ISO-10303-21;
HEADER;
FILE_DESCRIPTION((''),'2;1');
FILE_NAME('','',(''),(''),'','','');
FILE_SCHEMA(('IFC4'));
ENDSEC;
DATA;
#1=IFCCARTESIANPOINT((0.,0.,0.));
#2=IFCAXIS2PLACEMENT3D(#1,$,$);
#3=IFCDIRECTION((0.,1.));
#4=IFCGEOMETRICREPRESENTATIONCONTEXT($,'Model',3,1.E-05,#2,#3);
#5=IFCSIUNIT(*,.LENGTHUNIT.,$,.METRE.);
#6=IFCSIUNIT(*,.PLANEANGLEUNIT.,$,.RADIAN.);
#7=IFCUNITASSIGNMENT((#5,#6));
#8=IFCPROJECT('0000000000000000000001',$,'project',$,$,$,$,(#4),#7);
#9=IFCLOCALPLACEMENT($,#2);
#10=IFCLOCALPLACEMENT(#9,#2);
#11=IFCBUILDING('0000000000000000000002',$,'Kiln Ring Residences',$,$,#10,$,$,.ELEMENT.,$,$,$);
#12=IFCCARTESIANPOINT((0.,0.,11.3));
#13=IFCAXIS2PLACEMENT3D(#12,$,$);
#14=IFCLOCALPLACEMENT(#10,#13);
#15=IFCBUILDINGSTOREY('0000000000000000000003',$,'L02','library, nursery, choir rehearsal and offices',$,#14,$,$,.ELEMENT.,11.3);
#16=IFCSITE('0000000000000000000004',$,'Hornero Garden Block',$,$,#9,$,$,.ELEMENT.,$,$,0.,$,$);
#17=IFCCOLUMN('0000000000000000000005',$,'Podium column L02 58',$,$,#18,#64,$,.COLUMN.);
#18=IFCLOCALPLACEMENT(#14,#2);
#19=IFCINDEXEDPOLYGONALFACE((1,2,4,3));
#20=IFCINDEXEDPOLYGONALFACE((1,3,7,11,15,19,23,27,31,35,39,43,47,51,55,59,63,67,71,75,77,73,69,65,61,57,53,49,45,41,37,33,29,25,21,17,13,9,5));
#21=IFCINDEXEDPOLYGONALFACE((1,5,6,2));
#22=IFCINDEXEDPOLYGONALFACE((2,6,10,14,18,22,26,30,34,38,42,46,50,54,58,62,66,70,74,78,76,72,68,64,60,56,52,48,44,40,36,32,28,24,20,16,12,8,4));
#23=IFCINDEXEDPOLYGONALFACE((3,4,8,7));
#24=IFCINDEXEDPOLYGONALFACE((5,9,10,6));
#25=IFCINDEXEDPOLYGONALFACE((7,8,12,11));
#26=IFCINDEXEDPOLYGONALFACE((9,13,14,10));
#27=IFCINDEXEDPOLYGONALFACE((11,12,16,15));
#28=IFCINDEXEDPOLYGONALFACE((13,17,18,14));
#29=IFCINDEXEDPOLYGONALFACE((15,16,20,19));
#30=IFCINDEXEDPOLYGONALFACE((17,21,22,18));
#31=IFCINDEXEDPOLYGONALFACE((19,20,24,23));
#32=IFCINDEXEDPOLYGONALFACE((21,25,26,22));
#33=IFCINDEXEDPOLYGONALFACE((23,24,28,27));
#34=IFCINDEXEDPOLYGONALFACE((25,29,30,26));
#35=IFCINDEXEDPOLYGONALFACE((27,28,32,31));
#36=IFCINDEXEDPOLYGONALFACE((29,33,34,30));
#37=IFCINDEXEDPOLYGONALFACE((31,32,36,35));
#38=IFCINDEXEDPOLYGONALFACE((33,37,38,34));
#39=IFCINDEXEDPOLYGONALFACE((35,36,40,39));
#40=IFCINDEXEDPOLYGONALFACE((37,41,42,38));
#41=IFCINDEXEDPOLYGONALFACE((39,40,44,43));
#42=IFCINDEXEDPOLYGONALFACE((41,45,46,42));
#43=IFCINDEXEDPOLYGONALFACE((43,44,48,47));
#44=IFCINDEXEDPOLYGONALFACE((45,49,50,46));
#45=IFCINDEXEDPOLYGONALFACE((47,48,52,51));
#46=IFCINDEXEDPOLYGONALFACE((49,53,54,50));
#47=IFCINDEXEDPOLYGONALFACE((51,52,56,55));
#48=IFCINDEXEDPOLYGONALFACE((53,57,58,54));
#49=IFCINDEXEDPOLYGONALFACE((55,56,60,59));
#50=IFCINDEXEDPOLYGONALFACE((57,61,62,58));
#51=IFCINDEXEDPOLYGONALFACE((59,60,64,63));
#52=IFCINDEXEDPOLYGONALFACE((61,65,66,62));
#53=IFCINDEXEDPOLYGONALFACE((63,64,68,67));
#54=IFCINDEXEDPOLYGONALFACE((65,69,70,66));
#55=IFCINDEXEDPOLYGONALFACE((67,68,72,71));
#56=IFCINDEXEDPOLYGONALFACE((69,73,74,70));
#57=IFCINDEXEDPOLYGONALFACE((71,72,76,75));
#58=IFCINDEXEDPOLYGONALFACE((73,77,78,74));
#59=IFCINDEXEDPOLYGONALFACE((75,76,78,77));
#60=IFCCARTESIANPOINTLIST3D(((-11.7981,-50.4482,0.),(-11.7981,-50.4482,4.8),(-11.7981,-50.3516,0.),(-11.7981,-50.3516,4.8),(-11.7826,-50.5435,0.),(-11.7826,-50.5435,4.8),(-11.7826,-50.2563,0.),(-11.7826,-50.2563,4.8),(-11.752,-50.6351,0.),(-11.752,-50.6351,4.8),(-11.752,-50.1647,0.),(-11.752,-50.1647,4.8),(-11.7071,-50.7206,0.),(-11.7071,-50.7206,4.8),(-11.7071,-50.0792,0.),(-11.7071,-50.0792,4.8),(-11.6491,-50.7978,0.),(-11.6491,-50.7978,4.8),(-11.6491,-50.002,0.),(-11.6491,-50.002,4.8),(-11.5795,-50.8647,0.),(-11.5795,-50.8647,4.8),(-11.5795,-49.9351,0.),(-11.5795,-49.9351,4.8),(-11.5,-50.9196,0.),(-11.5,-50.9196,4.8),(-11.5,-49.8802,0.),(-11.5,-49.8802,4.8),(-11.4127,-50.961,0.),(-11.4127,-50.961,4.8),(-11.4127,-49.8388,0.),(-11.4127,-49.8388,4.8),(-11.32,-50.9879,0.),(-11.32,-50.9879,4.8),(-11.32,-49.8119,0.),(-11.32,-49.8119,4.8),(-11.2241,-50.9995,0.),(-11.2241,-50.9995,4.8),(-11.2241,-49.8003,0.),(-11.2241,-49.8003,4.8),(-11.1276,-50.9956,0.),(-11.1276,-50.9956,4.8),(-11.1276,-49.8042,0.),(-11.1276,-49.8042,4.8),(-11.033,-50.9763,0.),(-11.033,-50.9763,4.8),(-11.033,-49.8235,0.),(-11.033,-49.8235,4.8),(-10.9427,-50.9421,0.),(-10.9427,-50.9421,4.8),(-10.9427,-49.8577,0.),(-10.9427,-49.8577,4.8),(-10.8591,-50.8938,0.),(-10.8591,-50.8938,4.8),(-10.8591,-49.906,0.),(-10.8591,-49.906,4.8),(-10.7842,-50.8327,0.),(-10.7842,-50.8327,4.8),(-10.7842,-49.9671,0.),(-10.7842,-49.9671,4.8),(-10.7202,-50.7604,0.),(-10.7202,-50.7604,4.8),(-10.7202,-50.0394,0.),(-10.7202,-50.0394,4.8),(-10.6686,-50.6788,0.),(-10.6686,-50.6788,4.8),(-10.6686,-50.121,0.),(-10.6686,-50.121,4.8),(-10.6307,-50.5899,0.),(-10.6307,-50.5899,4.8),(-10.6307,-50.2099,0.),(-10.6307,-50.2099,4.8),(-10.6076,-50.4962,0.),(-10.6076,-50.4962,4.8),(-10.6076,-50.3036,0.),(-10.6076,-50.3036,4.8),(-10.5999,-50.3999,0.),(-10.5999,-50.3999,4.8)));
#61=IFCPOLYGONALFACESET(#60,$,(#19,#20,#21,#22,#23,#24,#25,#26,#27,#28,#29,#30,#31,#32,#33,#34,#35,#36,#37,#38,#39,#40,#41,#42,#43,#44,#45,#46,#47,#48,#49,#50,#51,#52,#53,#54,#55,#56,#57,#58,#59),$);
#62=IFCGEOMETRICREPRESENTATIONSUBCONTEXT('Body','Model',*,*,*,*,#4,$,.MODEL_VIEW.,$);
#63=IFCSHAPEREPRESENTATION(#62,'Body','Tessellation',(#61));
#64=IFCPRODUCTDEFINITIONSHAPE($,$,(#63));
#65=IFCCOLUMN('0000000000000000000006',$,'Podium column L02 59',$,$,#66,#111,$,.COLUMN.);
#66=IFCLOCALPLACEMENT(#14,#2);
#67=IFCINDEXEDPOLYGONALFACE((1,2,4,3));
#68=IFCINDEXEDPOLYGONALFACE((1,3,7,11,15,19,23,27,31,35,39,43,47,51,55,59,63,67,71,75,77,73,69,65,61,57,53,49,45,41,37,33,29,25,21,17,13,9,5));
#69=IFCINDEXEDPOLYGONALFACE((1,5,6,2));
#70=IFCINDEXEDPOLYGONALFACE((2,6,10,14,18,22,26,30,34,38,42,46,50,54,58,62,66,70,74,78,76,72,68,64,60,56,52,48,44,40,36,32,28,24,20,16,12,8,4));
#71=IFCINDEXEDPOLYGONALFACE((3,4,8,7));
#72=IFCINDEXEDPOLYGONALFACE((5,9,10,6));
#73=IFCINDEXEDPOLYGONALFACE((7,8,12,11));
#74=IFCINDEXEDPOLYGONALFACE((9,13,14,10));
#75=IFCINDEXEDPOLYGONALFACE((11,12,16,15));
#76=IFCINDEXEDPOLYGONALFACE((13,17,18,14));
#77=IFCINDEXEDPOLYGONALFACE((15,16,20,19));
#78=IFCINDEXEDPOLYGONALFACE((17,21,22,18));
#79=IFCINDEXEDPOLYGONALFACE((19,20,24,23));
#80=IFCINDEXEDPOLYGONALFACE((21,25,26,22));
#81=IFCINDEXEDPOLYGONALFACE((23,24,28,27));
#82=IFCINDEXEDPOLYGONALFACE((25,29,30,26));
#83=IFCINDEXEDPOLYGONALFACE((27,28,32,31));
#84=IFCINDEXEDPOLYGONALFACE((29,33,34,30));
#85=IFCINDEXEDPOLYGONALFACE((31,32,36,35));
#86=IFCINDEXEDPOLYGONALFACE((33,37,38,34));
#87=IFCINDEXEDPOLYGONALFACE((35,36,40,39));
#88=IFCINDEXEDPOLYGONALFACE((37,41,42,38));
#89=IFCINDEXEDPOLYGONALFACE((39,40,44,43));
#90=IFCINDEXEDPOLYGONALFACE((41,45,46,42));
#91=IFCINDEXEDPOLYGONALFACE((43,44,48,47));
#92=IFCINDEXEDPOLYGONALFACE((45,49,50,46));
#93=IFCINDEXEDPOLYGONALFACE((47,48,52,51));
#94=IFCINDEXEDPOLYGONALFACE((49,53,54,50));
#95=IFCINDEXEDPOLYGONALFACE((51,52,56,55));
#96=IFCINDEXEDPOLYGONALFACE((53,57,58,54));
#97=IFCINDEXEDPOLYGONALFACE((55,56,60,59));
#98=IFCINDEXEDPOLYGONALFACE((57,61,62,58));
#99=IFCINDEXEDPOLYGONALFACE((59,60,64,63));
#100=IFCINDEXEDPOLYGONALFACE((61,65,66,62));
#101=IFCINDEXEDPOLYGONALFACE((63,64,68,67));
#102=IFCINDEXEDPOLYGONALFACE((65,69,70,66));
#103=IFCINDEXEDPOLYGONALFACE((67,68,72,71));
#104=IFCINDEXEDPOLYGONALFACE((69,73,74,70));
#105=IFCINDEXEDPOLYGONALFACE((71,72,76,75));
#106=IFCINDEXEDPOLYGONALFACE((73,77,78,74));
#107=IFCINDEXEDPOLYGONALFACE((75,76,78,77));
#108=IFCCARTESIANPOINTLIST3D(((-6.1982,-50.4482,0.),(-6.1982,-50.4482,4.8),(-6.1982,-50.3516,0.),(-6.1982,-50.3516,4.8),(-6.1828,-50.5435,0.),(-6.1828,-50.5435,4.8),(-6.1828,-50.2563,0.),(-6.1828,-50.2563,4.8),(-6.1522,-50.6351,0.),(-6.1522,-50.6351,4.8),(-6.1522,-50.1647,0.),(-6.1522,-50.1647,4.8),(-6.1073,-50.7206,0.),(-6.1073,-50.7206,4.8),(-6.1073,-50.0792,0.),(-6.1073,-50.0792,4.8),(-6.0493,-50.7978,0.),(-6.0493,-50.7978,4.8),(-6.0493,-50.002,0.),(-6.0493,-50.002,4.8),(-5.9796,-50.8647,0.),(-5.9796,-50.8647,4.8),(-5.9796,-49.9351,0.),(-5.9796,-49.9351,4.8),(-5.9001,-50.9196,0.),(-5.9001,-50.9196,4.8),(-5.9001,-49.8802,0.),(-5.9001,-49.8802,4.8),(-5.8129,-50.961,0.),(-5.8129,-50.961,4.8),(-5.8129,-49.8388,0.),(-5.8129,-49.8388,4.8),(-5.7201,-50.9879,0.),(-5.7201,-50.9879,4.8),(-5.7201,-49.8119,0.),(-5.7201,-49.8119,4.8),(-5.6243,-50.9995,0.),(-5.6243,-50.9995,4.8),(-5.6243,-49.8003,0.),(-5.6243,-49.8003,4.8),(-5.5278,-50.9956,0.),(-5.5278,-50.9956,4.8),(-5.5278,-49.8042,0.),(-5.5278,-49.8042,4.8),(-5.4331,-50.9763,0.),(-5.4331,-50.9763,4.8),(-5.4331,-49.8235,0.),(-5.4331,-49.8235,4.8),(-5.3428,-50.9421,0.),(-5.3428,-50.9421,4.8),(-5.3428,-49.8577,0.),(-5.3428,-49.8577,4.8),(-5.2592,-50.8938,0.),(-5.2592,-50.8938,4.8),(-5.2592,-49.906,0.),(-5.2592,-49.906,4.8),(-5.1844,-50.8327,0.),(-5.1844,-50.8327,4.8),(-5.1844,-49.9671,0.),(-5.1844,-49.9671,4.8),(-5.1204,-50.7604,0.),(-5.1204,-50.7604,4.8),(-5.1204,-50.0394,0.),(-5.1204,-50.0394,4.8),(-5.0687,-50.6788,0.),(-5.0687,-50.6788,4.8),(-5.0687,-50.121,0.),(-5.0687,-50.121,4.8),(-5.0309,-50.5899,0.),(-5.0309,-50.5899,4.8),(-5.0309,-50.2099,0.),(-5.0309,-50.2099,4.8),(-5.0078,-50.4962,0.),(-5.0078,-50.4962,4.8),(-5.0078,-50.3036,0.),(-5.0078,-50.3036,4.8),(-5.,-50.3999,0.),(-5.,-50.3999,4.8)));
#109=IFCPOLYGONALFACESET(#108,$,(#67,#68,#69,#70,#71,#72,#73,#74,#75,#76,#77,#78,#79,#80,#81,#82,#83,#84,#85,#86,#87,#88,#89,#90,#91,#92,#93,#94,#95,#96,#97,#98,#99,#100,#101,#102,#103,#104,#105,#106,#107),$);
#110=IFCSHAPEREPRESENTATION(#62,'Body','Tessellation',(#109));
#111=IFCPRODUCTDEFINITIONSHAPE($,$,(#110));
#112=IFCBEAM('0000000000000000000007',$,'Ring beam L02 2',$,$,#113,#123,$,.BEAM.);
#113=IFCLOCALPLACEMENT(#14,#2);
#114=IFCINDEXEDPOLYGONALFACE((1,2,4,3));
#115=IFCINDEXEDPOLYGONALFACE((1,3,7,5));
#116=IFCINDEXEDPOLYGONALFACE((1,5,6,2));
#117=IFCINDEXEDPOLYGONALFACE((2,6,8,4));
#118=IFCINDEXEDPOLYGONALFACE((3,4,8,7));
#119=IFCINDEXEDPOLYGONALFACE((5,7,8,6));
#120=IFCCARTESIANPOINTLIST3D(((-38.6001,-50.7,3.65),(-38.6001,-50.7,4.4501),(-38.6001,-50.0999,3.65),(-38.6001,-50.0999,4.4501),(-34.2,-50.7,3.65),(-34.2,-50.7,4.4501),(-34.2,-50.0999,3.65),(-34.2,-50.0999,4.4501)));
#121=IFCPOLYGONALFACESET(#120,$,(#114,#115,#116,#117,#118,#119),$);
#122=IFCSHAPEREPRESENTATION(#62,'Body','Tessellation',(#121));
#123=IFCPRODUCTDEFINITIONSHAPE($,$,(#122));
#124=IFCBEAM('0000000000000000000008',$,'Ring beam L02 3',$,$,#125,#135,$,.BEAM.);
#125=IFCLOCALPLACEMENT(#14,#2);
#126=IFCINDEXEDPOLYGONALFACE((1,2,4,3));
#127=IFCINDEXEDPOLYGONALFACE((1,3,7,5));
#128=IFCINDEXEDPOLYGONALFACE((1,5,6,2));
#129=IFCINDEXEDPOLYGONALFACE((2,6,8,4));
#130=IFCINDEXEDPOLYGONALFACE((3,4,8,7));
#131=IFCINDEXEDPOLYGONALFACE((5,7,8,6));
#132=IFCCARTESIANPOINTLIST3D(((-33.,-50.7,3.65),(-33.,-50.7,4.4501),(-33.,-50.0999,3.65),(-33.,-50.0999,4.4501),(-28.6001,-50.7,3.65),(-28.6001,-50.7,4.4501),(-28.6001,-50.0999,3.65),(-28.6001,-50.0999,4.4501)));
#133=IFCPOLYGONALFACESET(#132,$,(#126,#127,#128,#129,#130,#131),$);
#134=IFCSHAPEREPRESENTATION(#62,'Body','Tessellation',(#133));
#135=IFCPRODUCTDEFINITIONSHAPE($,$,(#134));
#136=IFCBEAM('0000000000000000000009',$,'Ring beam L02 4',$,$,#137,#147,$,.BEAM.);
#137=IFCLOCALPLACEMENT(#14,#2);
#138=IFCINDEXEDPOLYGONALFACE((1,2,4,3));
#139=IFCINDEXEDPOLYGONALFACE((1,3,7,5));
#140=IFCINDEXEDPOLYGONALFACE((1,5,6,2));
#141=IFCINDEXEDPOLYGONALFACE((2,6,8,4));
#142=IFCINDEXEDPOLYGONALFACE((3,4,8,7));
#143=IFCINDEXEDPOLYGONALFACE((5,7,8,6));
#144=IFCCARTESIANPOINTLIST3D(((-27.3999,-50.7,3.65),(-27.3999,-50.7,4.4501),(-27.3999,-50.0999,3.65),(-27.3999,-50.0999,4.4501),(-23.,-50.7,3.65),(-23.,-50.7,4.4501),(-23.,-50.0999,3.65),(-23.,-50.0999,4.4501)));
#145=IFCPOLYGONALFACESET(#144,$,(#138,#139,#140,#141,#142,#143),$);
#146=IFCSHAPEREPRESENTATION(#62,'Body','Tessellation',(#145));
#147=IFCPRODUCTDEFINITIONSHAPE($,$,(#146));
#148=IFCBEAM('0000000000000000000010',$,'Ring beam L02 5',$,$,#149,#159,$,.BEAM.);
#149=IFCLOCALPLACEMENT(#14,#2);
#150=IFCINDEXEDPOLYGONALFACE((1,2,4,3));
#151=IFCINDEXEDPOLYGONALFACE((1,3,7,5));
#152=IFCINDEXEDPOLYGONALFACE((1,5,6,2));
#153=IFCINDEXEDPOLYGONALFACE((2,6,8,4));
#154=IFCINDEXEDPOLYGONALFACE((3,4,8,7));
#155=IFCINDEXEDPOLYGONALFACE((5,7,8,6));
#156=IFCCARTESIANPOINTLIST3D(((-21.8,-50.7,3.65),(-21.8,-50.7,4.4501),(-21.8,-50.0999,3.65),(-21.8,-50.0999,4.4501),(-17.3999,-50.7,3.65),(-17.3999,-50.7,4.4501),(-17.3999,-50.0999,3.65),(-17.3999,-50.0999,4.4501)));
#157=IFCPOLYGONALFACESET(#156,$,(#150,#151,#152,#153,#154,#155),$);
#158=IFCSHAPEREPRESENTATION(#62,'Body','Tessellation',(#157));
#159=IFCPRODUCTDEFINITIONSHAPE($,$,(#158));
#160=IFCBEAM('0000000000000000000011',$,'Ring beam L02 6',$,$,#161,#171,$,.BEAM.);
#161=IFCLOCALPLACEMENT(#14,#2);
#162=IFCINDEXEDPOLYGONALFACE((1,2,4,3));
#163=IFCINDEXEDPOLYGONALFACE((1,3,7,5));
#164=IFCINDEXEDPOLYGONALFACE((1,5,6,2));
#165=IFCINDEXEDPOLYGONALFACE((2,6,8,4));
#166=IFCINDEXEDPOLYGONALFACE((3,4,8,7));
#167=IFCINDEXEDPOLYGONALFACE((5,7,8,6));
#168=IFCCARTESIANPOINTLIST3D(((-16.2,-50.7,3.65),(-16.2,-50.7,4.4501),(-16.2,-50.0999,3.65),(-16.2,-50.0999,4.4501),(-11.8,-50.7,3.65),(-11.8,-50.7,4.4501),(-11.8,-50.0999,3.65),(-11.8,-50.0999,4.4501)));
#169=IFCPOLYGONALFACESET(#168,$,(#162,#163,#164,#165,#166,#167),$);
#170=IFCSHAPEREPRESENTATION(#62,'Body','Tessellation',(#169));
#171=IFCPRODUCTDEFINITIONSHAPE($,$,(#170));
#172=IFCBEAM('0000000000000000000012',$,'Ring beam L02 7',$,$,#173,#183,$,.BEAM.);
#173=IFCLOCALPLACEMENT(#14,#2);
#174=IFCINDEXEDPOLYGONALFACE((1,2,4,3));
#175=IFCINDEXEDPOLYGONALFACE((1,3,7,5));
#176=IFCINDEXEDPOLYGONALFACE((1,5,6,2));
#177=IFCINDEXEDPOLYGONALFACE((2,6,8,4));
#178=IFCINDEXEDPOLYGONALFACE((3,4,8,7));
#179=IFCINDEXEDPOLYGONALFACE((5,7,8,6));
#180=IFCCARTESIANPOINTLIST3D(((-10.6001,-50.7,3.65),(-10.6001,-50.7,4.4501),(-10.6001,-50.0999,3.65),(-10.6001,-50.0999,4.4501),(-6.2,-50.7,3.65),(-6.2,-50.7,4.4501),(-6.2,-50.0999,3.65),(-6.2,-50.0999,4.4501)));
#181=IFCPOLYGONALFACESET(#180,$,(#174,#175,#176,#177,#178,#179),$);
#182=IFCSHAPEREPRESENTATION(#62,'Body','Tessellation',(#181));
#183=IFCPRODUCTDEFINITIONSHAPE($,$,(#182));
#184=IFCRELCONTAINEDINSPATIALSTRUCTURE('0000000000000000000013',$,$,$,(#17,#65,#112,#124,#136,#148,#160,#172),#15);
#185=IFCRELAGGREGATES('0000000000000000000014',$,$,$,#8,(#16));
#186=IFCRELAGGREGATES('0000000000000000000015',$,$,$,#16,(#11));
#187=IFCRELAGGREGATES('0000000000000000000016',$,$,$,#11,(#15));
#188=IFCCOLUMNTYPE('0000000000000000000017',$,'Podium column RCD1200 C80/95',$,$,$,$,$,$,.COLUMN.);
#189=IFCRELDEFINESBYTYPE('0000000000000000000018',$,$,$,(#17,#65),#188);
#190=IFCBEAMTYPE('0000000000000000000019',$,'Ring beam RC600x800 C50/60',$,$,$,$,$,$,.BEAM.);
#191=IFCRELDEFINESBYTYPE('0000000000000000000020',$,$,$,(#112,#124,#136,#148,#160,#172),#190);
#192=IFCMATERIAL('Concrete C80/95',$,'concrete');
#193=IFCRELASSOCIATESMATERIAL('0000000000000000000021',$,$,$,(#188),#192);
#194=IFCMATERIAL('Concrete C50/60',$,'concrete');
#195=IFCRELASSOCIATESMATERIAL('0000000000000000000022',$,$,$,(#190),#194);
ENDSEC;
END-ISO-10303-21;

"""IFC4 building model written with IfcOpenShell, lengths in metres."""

from ifc_helpers import new_model, si_unit, direction, frame, origin, origin_2d, place, context, subcontext, project, spatial, rectangle, circle, extrude, material, material_profile, profile_set, type_object, element, save


model = new_model("IFC4")

# Units and contexts
model_context = context("Model", 3, precision=1e-05, world=origin(), true_north=direction((0.0, 1.0)))
body_context = subcontext(model_context, "Body", "Model", "MODEL_VIEW")
ifc_project = project(units=[si_unit("LENGTHUNIT", "METRE"), si_unit("PLANEANGLEUNIT", "RADIAN")], contexts=[model_context])

# Site, building, storey
site_placement = place(None, origin())
site = spatial("IfcSite", under=ifc_project, at=site_placement, Name="Hornero Garden Block", CompositionType="ELEMENT", RefElevation=0.0)
building_placement = place(site_placement, origin())
building = spatial("IfcBuilding", under=site, at=building_placement, Name="Kiln Ring Residences", CompositionType="ELEMENT")
storey_placement = place(building_placement, frame((0.0, 0.0, 11.3)))
storey = spatial("IfcBuildingStorey", under=building, at=storey_placement, Name="L02", Description="library, nursery, choir rehearsal and offices", CompositionType="ELEMENT", Elevation=11.3)

# Columns
ifc_material_1 = material(Name="Concrete C80/95", Category="concrete")
ifc_material_profile_1 = material_profile(ifc_material_1, circle(Radius=0.6001, at=origin_2d()), Name="RCD1200")
ifc_profile_set_1 = profile_set([ifc_material_profile_1], Name="Concrete C80/95")
column_type = type_object("IfcColumnType", Name="Podium column RCD1200 C80/95", PredefinedType="COLUMN", material=ifc_profile_set_1)
for number, where, z_axis, x_axis, name in (
    (1, (-11.2, -50.3999, 0.0), (0.0, 0.0, 1.0), (1.0, 0.0, 0.0), "Podium column L02 58"),
    (2, (-5.6001, -50.3999, 0.0), (0.0, 0.0, 1.0), (1.0, 0.0, 0.0), "Podium column L02 59"),
):
    element("IfcColumn", number, at=place(storey_placement, frame(where, z_axis=z_axis, x_axis=x_axis)), inside=storey, type_object=column_type, Name=name, PredefinedType="COLUMN", context=body_context, shape_type="SweptSolid", body=[
        extrude(circle(Radius=0.6001, at=origin_2d()), origin(), (0.0, 0.0, 1.0), 4.8),
    ])

# Beams
ifc_material_2 = material(Name="Concrete C50/60", Category="concrete")
ifc_material_profile_2 = material_profile(ifc_material_2, rectangle(XDim=0.6001, YDim=0.8, at=origin_2d()), Name="RC600x800")
ifc_profile_set_2 = profile_set([ifc_material_profile_2], Name="Concrete C50/60")
beam_type = type_object("IfcBeamType", Name="Ring beam RC600x800 C50/60", PredefinedType="BEAM", material=ifc_profile_set_2)
beam_1_placement = place(storey_placement, frame((-38.6001, -50.3999, 4.05), z_axis=(1.0, 0.0, 0.0), x_axis=(0.0, 1.0, 0.0)))
element("IfcBeam", 3, at=beam_1_placement, inside=storey, type_object=beam_type, Name="Ring beam L02 2", PredefinedType="BEAM", context=body_context, shape_type="SweptSolid", body=[
    extrude(rectangle(XDim=0.6001, YDim=0.8, at=origin_2d()), origin(), (0.0, 0.0, 1.0), 4.4001),
])
for number, where, z_axis, x_axis, name in (
    (4, (-33.0, -50.3999, 4.05), (1.0, 0.0, 0.0), (0.0, 1.0, 0.0), "Ring beam L02 3"),
    (5, (-27.3999, -50.3999, 4.05), (1.0, 0.0, 0.0), (0.0, 1.0, 0.0), "Ring beam L02 4"),
):
    element("IfcBeam", number, at=place(storey_placement, frame(where, z_axis=z_axis, x_axis=x_axis)), inside=storey, type_object=beam_type, Name=name, PredefinedType="BEAM", context=body_context, shape_type="SweptSolid", body=[
        extrude(rectangle(XDim=0.6001, YDim=0.8, at=origin_2d()), origin(), (0.0, 0.0, 1.0), 4.3999),
    ])
beam_2_placement = place(storey_placement, frame((-21.8, -50.3999, 4.05), z_axis=(1.0, 0.0, 0.0), x_axis=(0.0, 1.0, 0.0)))
element("IfcBeam", 6, at=beam_2_placement, inside=storey, type_object=beam_type, Name="Ring beam L02 5", PredefinedType="BEAM", context=body_context, shape_type="SweptSolid", body=[
    extrude(rectangle(XDim=0.6001, YDim=0.8, at=origin_2d()), origin(), (0.0, 0.0, 1.0), 4.4001),
])
beam_3_placement = place(storey_placement, frame((-16.2, -50.3999, 4.05), z_axis=(1.0, 0.0, 0.0), x_axis=(0.0, 1.0, 0.0)))
element("IfcBeam", 7, at=beam_3_placement, inside=storey, type_object=beam_type, Name="Ring beam L02 6", PredefinedType="BEAM", context=body_context, shape_type="SweptSolid", body=[
    extrude(rectangle(XDim=0.6001, YDim=0.8, at=origin_2d()), origin(), (0.0, 0.0, 1.0), 4.3999),
])
beam_4_placement = place(storey_placement, frame((-10.6001, -50.3999, 4.05), z_axis=(1.0, 0.0, 0.0), x_axis=(0.0, 1.0, 0.0)))
element("IfcBeam", 8, at=beam_4_placement, inside=storey, type_object=beam_type, Name="Ring beam L02 7", PredefinedType="BEAM", context=body_context, shape_type="SweptSolid", body=[
    extrude(rectangle(XDim=0.6001, YDim=0.8, at=origin_2d()), origin(), (0.0, 0.0, 1.0), 4.4001),
])

save(model, "model.ifc")
